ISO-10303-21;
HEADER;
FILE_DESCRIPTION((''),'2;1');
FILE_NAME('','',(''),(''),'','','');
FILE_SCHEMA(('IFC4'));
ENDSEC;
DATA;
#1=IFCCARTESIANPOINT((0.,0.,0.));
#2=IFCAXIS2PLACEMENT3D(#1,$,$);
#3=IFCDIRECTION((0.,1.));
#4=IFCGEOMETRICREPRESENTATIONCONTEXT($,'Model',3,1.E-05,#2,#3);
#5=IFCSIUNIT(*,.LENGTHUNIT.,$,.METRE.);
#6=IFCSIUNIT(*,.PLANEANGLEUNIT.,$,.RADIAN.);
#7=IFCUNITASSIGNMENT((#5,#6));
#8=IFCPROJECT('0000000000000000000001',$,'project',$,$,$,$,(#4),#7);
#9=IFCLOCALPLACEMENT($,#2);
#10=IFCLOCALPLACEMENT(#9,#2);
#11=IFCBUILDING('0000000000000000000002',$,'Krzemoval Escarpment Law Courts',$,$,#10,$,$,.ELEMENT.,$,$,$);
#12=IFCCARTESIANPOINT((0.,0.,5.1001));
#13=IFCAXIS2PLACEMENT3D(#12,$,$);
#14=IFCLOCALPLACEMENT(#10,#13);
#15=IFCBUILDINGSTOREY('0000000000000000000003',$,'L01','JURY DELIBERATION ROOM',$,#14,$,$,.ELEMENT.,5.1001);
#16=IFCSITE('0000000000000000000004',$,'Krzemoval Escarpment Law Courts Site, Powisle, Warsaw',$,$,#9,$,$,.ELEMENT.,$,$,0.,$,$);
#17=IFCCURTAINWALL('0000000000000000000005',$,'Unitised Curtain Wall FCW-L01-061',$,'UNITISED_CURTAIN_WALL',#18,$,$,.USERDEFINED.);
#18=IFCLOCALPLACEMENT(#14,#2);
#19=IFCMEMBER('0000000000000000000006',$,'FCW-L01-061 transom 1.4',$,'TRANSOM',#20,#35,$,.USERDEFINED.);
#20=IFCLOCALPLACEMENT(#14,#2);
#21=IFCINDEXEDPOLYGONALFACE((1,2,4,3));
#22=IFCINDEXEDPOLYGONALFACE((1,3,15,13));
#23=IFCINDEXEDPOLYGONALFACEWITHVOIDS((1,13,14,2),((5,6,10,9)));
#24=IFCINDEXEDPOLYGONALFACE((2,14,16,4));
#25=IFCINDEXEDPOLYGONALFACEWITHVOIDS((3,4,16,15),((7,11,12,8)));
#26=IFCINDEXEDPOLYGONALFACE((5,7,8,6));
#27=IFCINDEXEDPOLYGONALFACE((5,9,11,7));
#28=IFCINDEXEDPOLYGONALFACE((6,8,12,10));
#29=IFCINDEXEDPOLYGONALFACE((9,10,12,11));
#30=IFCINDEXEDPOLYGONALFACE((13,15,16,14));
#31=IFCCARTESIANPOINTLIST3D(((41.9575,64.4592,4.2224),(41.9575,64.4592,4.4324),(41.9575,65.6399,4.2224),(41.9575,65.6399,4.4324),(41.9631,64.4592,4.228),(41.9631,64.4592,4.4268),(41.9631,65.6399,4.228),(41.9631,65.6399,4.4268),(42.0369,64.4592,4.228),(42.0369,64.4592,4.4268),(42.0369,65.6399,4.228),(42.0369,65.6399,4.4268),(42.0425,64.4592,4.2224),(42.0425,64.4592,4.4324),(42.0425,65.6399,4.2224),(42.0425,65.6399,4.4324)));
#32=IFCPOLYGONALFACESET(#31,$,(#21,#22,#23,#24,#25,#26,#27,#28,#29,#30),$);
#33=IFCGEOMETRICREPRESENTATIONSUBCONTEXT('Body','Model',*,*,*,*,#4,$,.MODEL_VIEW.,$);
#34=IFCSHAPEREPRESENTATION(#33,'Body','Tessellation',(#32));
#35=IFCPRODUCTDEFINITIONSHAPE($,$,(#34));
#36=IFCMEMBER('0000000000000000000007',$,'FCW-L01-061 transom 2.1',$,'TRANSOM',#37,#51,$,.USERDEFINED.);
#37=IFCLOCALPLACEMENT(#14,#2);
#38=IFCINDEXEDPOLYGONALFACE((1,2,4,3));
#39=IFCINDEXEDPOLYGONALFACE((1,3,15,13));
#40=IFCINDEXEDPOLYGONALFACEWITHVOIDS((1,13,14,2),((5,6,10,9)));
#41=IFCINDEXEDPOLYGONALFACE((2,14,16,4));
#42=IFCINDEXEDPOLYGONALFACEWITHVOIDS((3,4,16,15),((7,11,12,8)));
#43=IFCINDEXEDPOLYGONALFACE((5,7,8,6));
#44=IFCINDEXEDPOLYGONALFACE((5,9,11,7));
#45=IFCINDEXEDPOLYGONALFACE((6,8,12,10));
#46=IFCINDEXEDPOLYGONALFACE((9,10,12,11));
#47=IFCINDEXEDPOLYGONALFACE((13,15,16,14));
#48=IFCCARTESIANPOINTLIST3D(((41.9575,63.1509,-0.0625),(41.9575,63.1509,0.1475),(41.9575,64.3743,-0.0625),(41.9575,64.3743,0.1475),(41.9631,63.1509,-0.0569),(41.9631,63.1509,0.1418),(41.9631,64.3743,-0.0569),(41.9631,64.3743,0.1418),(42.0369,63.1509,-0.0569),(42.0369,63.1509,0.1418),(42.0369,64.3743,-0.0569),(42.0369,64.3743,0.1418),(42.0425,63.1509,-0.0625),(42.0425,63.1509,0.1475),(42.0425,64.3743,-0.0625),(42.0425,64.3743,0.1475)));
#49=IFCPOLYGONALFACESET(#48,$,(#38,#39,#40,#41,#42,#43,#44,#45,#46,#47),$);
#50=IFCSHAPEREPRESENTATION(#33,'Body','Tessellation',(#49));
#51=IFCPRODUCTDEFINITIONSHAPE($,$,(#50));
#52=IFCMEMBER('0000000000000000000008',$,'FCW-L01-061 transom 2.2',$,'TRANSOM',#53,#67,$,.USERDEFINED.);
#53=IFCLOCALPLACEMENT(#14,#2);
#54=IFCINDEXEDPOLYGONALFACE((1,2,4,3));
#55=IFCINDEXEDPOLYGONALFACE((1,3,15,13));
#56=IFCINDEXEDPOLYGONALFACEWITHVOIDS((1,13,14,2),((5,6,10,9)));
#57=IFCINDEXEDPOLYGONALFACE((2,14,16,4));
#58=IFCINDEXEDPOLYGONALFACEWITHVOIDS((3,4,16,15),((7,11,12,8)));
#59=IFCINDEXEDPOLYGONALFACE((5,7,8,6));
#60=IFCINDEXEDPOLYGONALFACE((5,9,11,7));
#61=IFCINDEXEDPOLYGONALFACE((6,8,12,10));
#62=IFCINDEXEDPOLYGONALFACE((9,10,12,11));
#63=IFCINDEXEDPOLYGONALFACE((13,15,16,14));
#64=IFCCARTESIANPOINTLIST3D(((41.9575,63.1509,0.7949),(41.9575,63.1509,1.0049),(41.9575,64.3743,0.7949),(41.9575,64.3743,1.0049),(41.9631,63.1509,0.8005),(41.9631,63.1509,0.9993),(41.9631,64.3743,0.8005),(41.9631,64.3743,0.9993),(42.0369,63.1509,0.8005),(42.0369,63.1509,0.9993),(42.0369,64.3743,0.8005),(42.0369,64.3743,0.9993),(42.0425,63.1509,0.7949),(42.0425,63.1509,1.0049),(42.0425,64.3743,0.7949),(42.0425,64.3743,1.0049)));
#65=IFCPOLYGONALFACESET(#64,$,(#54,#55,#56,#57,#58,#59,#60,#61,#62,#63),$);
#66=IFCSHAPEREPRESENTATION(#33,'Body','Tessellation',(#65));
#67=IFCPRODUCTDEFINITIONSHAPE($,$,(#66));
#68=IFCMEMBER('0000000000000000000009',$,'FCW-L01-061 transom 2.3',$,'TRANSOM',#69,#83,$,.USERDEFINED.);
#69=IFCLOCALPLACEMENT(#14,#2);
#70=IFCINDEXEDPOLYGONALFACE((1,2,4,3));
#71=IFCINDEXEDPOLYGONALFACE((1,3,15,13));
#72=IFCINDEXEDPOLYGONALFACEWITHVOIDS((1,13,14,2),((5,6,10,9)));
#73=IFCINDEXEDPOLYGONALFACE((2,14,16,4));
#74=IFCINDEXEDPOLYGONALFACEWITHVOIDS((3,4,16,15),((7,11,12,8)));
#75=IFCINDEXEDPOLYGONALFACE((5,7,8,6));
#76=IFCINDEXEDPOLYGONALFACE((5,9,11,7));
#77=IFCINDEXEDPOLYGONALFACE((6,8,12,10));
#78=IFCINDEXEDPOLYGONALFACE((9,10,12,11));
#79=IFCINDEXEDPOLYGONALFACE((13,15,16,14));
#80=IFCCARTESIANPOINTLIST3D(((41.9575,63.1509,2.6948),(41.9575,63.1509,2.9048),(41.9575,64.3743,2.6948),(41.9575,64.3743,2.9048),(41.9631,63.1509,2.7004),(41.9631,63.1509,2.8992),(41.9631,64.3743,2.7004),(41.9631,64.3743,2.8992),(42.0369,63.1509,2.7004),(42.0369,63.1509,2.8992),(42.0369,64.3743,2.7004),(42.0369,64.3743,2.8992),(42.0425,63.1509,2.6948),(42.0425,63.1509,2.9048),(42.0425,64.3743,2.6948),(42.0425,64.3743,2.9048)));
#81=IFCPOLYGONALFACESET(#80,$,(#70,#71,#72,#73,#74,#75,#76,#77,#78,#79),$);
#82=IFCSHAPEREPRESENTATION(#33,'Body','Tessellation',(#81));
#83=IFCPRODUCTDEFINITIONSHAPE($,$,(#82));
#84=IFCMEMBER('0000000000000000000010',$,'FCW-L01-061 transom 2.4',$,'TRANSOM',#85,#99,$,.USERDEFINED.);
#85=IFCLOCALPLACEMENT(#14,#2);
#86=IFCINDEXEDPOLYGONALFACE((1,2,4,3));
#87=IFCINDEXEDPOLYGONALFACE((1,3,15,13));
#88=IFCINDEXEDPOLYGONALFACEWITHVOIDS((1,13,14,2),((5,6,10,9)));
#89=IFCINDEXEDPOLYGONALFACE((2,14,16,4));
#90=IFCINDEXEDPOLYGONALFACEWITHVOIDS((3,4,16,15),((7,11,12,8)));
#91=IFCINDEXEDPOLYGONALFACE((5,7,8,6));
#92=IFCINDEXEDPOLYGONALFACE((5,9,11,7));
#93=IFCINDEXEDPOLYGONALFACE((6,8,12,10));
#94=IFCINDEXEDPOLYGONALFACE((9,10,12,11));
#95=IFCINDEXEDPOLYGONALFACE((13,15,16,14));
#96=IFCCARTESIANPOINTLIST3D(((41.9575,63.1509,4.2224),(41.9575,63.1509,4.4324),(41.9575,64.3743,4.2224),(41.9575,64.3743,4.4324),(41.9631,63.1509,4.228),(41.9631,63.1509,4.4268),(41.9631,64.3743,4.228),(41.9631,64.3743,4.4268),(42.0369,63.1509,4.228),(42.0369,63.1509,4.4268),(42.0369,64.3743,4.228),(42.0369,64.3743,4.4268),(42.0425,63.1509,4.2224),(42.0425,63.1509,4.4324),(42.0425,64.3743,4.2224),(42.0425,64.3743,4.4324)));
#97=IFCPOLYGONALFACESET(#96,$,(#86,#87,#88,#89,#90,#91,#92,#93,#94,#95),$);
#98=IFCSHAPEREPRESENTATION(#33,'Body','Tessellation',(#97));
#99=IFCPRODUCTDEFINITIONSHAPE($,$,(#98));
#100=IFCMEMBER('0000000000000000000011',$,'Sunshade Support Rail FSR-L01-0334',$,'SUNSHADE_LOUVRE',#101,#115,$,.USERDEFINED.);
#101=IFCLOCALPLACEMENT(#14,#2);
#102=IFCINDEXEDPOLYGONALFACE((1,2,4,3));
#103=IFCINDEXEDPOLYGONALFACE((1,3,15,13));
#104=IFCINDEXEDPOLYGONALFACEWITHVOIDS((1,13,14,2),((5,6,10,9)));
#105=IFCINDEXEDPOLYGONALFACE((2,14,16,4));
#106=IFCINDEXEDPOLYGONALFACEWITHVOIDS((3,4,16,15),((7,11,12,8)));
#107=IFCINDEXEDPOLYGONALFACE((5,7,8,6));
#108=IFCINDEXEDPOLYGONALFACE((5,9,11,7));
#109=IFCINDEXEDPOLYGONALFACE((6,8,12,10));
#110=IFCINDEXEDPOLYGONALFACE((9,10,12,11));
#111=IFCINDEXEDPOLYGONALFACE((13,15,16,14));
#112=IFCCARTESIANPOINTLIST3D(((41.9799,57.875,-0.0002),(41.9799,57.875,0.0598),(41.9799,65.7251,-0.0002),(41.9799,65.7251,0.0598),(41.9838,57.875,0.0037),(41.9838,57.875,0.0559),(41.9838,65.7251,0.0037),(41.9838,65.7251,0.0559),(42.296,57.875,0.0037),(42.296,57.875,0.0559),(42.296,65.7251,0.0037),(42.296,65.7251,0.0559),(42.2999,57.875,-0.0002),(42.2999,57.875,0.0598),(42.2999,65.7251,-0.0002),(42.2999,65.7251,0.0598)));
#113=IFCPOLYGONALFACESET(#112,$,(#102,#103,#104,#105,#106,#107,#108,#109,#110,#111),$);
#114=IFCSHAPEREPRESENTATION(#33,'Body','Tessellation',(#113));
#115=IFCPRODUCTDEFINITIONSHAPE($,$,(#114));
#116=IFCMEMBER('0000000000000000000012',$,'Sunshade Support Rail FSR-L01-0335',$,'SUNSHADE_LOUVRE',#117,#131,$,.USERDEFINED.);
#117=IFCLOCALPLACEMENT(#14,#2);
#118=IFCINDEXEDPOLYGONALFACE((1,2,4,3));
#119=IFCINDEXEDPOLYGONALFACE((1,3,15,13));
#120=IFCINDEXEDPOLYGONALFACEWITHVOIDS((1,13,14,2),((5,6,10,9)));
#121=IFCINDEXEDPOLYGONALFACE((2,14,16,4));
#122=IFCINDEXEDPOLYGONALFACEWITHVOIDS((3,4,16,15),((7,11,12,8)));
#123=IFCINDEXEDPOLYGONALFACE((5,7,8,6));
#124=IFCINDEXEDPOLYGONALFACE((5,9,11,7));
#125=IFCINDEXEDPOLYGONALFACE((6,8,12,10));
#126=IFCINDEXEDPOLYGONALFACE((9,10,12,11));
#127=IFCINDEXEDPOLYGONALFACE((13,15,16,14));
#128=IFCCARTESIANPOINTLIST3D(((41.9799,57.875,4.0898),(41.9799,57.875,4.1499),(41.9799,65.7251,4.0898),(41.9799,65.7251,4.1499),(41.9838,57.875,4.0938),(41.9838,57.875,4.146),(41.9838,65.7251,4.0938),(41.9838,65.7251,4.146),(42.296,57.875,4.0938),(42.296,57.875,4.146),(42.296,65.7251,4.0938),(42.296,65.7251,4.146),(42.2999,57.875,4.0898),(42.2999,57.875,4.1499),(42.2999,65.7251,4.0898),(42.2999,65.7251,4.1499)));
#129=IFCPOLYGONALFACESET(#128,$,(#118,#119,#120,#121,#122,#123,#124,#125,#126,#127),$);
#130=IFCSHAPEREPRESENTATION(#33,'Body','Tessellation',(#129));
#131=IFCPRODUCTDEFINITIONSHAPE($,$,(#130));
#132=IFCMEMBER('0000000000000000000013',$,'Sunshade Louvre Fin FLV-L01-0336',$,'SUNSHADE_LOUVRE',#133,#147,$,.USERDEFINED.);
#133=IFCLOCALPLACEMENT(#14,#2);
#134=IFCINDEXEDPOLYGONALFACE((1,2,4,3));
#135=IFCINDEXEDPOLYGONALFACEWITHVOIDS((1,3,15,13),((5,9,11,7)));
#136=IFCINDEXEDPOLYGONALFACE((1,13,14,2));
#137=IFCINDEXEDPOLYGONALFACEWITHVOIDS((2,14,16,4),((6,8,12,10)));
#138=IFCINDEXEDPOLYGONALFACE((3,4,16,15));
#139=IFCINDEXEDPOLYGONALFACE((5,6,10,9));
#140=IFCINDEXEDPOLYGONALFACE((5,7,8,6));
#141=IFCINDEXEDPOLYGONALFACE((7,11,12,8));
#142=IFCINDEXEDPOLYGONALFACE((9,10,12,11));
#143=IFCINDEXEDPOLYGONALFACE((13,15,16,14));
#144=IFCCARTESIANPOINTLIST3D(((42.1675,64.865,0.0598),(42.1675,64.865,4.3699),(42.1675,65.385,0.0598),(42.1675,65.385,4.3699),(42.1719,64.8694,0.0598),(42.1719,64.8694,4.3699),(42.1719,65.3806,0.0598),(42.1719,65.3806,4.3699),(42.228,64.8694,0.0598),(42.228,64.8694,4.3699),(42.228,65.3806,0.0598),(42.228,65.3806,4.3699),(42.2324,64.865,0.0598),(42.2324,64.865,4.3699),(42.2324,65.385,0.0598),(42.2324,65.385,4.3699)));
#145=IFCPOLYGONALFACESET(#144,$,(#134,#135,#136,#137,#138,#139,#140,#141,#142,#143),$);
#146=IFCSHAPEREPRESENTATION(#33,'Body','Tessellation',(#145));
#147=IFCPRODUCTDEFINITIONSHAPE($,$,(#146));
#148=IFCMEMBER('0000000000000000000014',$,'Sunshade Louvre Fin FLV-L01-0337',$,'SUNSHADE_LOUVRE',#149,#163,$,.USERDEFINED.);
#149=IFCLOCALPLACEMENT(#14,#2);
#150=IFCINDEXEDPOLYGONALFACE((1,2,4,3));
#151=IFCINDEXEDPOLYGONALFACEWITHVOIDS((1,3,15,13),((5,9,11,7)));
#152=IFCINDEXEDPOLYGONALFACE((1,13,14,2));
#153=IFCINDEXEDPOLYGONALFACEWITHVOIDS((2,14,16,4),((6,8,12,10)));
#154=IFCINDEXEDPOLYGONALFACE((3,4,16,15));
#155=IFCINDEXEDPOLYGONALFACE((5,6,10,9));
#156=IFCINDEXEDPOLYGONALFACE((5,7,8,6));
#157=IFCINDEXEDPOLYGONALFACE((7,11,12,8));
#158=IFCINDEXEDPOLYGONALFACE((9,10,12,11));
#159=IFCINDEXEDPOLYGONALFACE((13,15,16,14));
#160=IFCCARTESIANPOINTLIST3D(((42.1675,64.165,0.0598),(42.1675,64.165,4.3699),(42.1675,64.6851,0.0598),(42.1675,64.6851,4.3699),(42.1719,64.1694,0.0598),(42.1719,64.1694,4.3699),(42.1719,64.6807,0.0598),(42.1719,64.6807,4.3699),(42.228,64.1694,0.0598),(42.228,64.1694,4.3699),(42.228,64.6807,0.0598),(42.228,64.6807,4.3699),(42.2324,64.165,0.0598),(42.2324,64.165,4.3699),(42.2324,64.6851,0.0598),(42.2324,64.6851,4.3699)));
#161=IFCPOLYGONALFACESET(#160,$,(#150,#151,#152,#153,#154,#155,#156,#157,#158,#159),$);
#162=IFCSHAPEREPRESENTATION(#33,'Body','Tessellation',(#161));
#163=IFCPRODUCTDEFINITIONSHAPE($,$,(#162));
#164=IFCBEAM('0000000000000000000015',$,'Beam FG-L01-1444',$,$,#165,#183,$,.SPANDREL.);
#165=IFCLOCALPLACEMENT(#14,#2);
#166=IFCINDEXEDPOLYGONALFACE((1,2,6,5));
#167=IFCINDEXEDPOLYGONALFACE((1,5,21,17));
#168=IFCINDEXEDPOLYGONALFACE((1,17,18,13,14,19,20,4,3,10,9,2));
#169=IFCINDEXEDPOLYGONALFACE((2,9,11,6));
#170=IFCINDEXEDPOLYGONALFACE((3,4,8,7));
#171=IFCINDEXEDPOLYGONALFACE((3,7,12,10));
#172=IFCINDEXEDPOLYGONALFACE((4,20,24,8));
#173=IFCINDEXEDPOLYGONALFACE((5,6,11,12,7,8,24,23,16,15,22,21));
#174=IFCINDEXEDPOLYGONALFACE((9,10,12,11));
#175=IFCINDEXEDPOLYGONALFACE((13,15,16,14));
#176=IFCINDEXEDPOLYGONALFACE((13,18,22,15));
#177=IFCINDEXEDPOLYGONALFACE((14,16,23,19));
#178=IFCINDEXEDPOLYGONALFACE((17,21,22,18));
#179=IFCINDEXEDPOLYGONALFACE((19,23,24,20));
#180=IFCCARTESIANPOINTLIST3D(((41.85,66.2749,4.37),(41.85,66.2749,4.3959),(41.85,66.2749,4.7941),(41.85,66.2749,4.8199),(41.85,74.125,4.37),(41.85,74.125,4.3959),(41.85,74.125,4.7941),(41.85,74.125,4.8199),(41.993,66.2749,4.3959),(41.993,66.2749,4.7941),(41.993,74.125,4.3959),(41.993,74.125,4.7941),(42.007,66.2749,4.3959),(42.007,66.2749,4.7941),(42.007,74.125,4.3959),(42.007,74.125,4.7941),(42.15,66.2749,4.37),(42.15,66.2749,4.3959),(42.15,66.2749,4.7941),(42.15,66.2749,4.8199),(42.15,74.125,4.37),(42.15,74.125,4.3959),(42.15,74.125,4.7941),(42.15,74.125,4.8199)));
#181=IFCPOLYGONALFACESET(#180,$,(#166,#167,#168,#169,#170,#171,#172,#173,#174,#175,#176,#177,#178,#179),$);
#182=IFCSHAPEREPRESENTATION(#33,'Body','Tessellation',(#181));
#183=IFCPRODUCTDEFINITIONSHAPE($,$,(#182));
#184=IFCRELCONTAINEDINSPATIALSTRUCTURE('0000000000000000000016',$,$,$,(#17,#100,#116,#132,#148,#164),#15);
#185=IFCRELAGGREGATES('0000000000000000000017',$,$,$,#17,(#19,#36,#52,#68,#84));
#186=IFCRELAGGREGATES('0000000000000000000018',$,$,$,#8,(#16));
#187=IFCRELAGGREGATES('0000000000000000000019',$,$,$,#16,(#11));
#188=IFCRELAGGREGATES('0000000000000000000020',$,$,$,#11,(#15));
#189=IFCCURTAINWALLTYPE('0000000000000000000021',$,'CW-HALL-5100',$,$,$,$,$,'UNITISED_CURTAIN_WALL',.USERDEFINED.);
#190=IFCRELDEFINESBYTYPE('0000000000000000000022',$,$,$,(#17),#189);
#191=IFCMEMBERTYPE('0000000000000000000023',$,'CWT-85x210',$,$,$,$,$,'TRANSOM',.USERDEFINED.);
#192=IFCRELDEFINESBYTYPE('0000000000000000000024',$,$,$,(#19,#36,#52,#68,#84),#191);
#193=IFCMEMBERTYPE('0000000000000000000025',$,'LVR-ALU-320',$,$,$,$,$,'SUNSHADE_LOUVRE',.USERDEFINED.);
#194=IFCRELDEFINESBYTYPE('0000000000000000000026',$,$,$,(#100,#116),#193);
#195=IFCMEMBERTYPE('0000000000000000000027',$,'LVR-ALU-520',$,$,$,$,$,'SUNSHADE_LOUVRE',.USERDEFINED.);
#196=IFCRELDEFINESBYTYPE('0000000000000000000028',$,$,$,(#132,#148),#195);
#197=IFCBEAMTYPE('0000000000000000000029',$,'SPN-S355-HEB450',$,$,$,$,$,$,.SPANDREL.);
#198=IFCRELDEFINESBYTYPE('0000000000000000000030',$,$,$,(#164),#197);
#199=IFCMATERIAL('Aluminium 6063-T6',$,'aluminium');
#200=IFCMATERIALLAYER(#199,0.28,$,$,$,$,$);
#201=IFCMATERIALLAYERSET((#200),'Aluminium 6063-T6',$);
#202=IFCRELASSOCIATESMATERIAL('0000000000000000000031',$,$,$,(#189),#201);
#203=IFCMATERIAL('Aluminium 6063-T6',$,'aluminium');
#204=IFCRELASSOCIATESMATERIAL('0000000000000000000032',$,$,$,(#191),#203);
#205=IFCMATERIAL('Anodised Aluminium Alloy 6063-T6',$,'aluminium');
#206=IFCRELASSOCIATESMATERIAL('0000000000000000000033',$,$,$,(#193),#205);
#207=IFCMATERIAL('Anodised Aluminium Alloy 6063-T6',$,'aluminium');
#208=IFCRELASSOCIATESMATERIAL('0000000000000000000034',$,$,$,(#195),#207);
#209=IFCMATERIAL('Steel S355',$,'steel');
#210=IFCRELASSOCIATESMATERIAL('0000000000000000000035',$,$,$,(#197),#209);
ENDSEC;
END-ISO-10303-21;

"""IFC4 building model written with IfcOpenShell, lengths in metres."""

from ifc_helpers import new_model, si_unit, direction, frame, origin, origin_2d, place, context, subcontext, project, spatial, hollow_rectangle, i_section, extrude, material, layer, layer_set, material_profile, profile_set, type_object, element, aggregate, save


model = new_model("IFC4")

# Units and contexts
model_context = context("Model", 3, precision=1e-05, world=origin(), true_north=direction((0.0, 1.0)))
body_context = subcontext(model_context, "Body", "Model", "MODEL_VIEW")
ifc_project = project(units=[si_unit("LENGTHUNIT", "METRE"), si_unit("PLANEANGLEUNIT", "RADIAN")], contexts=[model_context])

# Site, building, storey
site_placement = place(None, origin())
site = spatial("IfcSite", under=ifc_project, at=site_placement, Name="Krzemoval Escarpment Law Courts Site, Powisle, Warsaw", CompositionType="ELEMENT", RefElevation=0.0)
building_placement = place(site_placement, origin())
building = spatial("IfcBuilding", under=site, at=building_placement, Name="Krzemoval Escarpment Law Courts", CompositionType="ELEMENT")
storey_placement = place(building_placement, frame((0.0, 0.0, 5.1001)))
storey = spatial("IfcBuildingStorey", under=building, at=storey_placement, Name="L01", Description="JURY DELIBERATION ROOM", CompositionType="ELEMENT", Elevation=5.1001)

# Shared definitions
ifc_material_1 = material(Name="Aluminium 6063-T6", Category="aluminium")
ifc_layer_1 = layer(ifc_material_1, 0.28)
ifc_layer_set_1 = layer_set([ifc_layer_1], Name="Aluminium 6063-T6")
curtain_wall_type = type_object("IfcCurtainWallType", Name="CW-HALL-5100", ElementType="UNITISED_CURTAIN_WALL", PredefinedType="USERDEFINED", material=ifc_layer_set_1)

# Curtain wall
curtain_wall_1_placement = place(storey_placement, origin())
curtain_wall_1 = element("IfcCurtainWall", 1, at=curtain_wall_1_placement, inside=storey, type_object=curtain_wall_type, Name="Unitised Curtain Wall FCW-L01-061", ObjectType="UNITISED_CURTAIN_WALL", PredefinedType="USERDEFINED")

# Members
ifc_material_2 = material(Name="Aluminium 6063-T6", Category="aluminium")
ifc_material_profile_1 = material_profile(ifc_material_2, hollow_rectangle(XDim=0.085, YDim=0.21, WallThickness=0.0056, at=origin_2d()), Name="ALU T85x210")
ifc_profile_set_1 = profile_set([ifc_material_profile_1], Name="Aluminium 6063-T6")
member_type_1 = type_object("IfcMemberType", Name="CWT-85x210", ElementType="TRANSOM", PredefinedType="USERDEFINED", material=ifc_profile_set_1)
member_1_placement = place(storey_placement, frame((42.0, 65.6399, 4.3274), z_axis=(0.0, -1.0, 0.0), x_axis=(1.0, 0.0, 0.0)))
member_1 = element("IfcMember", 2, at=member_1_placement, type_object=member_type_1, Name="FCW-L01-061 transom 1.4", ObjectType="TRANSOM", PredefinedType="USERDEFINED", context=body_context, shape_type="SweptSolid", body=[
    extrude(hollow_rectangle(XDim=0.085, YDim=0.21, WallThickness=0.0056, at=origin_2d()), origin(), (0.0, 0.0, 1.0), 1.1807),
])
member_2_placement = place(storey_placement, frame((42.0, 64.3743, 0.0425), z_axis=(0.0, -1.0, 0.0), x_axis=(1.0, 0.0, 0.0)))
member_2 = element("IfcMember", 3, at=member_2_placement, type_object=member_type_1, Name="FCW-L01-061 transom 2.1", ObjectType="TRANSOM", PredefinedType="USERDEFINED", context=body_context, shape_type="SweptSolid", body=[
    extrude(hollow_rectangle(XDim=0.085, YDim=0.21, WallThickness=0.0056, at=origin_2d()), origin(), (0.0, 0.0, 1.0), 1.2234),
])
member_3_placement = place(storey_placement, frame((42.0, 64.3743, 0.8999), z_axis=(0.0, -1.0, 0.0), x_axis=(1.0, 0.0, 0.0)))
member_3 = element("IfcMember", 4, at=member_3_placement, type_object=member_type_1, Name="FCW-L01-061 transom 2.2", ObjectType="TRANSOM", PredefinedType="USERDEFINED", context=body_context, shape_type="SweptSolid", body=[
    extrude(hollow_rectangle(XDim=0.085, YDim=0.21, WallThickness=0.0056, at=origin_2d()), origin(), (0.0, 0.0, 1.0), 1.2234),
])
member_4_placement = place(storey_placement, frame((42.0, 64.3743, 2.7998), z_axis=(0.0, -1.0, 0.0), x_axis=(1.0, 0.0, 0.0)))
member_4 = element("IfcMember", 5, at=member_4_placement, type_object=member_type_1, Name="FCW-L01-061 transom 2.3", ObjectType="TRANSOM", PredefinedType="USERDEFINED", context=body_context, shape_type="SweptSolid", body=[
    extrude(hollow_rectangle(XDim=0.085, YDim=0.21, WallThickness=0.0056, at=origin_2d()), origin(), (0.0, 0.0, 1.0), 1.2234),
])
member_5_placement = place(storey_placement, frame((42.0, 64.3743, 4.3274), z_axis=(0.0, -1.0, 0.0), x_axis=(1.0, 0.0, 0.0)))
member_5 = element("IfcMember", 6, at=member_5_placement, type_object=member_type_1, Name="FCW-L01-061 transom 2.4", ObjectType="TRANSOM", PredefinedType="USERDEFINED", context=body_context, shape_type="SweptSolid", body=[
    extrude(hollow_rectangle(XDim=0.085, YDim=0.21, WallThickness=0.0056, at=origin_2d()), origin(), (0.0, 0.0, 1.0), 1.2234),
])

# Members
ifc_material_3 = material(Name="Anodised Aluminium Alloy 6063-T6", Category="aluminium")
ifc_material_profile_2 = material_profile(ifc_material_3, hollow_rectangle(XDim=0.0601, YDim=0.3201, WallThickness=0.0039, at=origin_2d()), Name="ALU LVR 60x320")
ifc_profile_set_2 = profile_set([ifc_material_profile_2], Name="Anodised Aluminium Alloy 6063-T6")
member_type_2 = type_object("IfcMemberType", Name="LVR-ALU-320", ElementType="SUNSHADE_LOUVRE", PredefinedType="USERDEFINED", material=ifc_profile_set_2)
for number, where, z_axis, x_axis, name in (
    (7, (42.1399, 65.7251, 0.0298), (0.0, -1.0, 0.0), (0.0, 0.0, 1.0), "Sunshade Support Rail FSR-L01-0334"),
    (8, (42.1399, 65.7251, 4.1199), (0.0, -1.0, 0.0), (0.0, 0.0, 1.0), "Sunshade Support Rail FSR-L01-0335"),
):
    element("IfcMember", number, at=place(storey_placement, frame(where, z_axis=z_axis, x_axis=x_axis)), inside=storey, type_object=member_type_2, Name=name, ObjectType="SUNSHADE_LOUVRE", PredefinedType="USERDEFINED", context=body_context, shape_type="SweptSolid", body=[
        extrude(hollow_rectangle(XDim=0.0601, YDim=0.3201, WallThickness=0.0039, at=origin_2d()), origin(), (0.0, 0.0, 1.0), 7.8501),
    ])
ifc_material_4 = material(Name="Anodised Aluminium Alloy 6063-T6", Category="aluminium")
ifc_material_profile_3 = material_profile(ifc_material_4, hollow_rectangle(XDim=0.0649, YDim=0.52, WallThickness=0.0044, at=origin_2d()), Name="ALU LVR 65x520")
ifc_profile_set_3 = profile_set([ifc_material_profile_3], Name="Anodised Aluminium Alloy 6063-T6")
member_type_3 = type_object("IfcMemberType", Name="LVR-ALU-520", ElementType="SUNSHADE_LOUVRE", PredefinedType="USERDEFINED", material=ifc_profile_set_3)
for number, where, z_axis, x_axis, name in (
    (9, (42.2, 65.125, 0.0598), (0.0, 0.0, 1.0), (1.0, 0.0, 0.0), "Sunshade Louvre Fin FLV-L01-0336"),
    (10, (42.2, 64.425, 0.0598), (0.0, 0.0, 1.0), (1.0, 0.0, 0.0), "Sunshade Louvre Fin FLV-L01-0337"),
):
    element("IfcMember", number, at=place(storey_placement, frame(where, z_axis=z_axis, x_axis=x_axis)), inside=storey, type_object=member_type_3, Name=name, ObjectType="SUNSHADE_LOUVRE", PredefinedType="USERDEFINED", context=body_context, shape_type="SweptSolid", body=[
        extrude(hollow_rectangle(XDim=0.0649, YDim=0.52, WallThickness=0.0044, at=origin_2d()), origin(), (0.0, 0.0, 1.0), 4.3101),
    ])

# Beam
ifc_material_5 = material(Name="Steel S355", Category="steel")
ifc_material_profile_4 = material_profile(ifc_material_5, i_section(OverallWidth=0.3, OverallDepth=0.45, WebThickness=0.0139, FlangeThickness=0.0259, at=origin_2d()), Name="HEB 450")
ifc_profile_set_4 = profile_set([ifc_material_profile_4], Name="Steel S355")
beam_type = type_object("IfcBeamType", Name="SPN-S355-HEB450", PredefinedType="SPANDREL", material=ifc_profile_set_4)
beam_placement = place(storey_placement, frame((42.0, 66.2749, 4.595), z_axis=(0.0, 1.0, 0.0), x_axis=(-1.0, 0.0, 0.0)))
element("IfcBeam", 11, at=beam_placement, inside=storey, type_object=beam_type, Name="Beam FG-L01-1444", PredefinedType="SPANDREL", context=body_context, shape_type="SweptSolid", body=[
    extrude(i_section(OverallWidth=0.3, OverallDepth=0.45, WebThickness=0.0139, FlangeThickness=0.0259, at=origin_2d()), origin(), (0.0, 0.0, 1.0), 7.8501),
])

aggregate(curtain_wall_1, [member_1, member_2, member_3, member_4, member_5])

save(model, "model.ifc")
